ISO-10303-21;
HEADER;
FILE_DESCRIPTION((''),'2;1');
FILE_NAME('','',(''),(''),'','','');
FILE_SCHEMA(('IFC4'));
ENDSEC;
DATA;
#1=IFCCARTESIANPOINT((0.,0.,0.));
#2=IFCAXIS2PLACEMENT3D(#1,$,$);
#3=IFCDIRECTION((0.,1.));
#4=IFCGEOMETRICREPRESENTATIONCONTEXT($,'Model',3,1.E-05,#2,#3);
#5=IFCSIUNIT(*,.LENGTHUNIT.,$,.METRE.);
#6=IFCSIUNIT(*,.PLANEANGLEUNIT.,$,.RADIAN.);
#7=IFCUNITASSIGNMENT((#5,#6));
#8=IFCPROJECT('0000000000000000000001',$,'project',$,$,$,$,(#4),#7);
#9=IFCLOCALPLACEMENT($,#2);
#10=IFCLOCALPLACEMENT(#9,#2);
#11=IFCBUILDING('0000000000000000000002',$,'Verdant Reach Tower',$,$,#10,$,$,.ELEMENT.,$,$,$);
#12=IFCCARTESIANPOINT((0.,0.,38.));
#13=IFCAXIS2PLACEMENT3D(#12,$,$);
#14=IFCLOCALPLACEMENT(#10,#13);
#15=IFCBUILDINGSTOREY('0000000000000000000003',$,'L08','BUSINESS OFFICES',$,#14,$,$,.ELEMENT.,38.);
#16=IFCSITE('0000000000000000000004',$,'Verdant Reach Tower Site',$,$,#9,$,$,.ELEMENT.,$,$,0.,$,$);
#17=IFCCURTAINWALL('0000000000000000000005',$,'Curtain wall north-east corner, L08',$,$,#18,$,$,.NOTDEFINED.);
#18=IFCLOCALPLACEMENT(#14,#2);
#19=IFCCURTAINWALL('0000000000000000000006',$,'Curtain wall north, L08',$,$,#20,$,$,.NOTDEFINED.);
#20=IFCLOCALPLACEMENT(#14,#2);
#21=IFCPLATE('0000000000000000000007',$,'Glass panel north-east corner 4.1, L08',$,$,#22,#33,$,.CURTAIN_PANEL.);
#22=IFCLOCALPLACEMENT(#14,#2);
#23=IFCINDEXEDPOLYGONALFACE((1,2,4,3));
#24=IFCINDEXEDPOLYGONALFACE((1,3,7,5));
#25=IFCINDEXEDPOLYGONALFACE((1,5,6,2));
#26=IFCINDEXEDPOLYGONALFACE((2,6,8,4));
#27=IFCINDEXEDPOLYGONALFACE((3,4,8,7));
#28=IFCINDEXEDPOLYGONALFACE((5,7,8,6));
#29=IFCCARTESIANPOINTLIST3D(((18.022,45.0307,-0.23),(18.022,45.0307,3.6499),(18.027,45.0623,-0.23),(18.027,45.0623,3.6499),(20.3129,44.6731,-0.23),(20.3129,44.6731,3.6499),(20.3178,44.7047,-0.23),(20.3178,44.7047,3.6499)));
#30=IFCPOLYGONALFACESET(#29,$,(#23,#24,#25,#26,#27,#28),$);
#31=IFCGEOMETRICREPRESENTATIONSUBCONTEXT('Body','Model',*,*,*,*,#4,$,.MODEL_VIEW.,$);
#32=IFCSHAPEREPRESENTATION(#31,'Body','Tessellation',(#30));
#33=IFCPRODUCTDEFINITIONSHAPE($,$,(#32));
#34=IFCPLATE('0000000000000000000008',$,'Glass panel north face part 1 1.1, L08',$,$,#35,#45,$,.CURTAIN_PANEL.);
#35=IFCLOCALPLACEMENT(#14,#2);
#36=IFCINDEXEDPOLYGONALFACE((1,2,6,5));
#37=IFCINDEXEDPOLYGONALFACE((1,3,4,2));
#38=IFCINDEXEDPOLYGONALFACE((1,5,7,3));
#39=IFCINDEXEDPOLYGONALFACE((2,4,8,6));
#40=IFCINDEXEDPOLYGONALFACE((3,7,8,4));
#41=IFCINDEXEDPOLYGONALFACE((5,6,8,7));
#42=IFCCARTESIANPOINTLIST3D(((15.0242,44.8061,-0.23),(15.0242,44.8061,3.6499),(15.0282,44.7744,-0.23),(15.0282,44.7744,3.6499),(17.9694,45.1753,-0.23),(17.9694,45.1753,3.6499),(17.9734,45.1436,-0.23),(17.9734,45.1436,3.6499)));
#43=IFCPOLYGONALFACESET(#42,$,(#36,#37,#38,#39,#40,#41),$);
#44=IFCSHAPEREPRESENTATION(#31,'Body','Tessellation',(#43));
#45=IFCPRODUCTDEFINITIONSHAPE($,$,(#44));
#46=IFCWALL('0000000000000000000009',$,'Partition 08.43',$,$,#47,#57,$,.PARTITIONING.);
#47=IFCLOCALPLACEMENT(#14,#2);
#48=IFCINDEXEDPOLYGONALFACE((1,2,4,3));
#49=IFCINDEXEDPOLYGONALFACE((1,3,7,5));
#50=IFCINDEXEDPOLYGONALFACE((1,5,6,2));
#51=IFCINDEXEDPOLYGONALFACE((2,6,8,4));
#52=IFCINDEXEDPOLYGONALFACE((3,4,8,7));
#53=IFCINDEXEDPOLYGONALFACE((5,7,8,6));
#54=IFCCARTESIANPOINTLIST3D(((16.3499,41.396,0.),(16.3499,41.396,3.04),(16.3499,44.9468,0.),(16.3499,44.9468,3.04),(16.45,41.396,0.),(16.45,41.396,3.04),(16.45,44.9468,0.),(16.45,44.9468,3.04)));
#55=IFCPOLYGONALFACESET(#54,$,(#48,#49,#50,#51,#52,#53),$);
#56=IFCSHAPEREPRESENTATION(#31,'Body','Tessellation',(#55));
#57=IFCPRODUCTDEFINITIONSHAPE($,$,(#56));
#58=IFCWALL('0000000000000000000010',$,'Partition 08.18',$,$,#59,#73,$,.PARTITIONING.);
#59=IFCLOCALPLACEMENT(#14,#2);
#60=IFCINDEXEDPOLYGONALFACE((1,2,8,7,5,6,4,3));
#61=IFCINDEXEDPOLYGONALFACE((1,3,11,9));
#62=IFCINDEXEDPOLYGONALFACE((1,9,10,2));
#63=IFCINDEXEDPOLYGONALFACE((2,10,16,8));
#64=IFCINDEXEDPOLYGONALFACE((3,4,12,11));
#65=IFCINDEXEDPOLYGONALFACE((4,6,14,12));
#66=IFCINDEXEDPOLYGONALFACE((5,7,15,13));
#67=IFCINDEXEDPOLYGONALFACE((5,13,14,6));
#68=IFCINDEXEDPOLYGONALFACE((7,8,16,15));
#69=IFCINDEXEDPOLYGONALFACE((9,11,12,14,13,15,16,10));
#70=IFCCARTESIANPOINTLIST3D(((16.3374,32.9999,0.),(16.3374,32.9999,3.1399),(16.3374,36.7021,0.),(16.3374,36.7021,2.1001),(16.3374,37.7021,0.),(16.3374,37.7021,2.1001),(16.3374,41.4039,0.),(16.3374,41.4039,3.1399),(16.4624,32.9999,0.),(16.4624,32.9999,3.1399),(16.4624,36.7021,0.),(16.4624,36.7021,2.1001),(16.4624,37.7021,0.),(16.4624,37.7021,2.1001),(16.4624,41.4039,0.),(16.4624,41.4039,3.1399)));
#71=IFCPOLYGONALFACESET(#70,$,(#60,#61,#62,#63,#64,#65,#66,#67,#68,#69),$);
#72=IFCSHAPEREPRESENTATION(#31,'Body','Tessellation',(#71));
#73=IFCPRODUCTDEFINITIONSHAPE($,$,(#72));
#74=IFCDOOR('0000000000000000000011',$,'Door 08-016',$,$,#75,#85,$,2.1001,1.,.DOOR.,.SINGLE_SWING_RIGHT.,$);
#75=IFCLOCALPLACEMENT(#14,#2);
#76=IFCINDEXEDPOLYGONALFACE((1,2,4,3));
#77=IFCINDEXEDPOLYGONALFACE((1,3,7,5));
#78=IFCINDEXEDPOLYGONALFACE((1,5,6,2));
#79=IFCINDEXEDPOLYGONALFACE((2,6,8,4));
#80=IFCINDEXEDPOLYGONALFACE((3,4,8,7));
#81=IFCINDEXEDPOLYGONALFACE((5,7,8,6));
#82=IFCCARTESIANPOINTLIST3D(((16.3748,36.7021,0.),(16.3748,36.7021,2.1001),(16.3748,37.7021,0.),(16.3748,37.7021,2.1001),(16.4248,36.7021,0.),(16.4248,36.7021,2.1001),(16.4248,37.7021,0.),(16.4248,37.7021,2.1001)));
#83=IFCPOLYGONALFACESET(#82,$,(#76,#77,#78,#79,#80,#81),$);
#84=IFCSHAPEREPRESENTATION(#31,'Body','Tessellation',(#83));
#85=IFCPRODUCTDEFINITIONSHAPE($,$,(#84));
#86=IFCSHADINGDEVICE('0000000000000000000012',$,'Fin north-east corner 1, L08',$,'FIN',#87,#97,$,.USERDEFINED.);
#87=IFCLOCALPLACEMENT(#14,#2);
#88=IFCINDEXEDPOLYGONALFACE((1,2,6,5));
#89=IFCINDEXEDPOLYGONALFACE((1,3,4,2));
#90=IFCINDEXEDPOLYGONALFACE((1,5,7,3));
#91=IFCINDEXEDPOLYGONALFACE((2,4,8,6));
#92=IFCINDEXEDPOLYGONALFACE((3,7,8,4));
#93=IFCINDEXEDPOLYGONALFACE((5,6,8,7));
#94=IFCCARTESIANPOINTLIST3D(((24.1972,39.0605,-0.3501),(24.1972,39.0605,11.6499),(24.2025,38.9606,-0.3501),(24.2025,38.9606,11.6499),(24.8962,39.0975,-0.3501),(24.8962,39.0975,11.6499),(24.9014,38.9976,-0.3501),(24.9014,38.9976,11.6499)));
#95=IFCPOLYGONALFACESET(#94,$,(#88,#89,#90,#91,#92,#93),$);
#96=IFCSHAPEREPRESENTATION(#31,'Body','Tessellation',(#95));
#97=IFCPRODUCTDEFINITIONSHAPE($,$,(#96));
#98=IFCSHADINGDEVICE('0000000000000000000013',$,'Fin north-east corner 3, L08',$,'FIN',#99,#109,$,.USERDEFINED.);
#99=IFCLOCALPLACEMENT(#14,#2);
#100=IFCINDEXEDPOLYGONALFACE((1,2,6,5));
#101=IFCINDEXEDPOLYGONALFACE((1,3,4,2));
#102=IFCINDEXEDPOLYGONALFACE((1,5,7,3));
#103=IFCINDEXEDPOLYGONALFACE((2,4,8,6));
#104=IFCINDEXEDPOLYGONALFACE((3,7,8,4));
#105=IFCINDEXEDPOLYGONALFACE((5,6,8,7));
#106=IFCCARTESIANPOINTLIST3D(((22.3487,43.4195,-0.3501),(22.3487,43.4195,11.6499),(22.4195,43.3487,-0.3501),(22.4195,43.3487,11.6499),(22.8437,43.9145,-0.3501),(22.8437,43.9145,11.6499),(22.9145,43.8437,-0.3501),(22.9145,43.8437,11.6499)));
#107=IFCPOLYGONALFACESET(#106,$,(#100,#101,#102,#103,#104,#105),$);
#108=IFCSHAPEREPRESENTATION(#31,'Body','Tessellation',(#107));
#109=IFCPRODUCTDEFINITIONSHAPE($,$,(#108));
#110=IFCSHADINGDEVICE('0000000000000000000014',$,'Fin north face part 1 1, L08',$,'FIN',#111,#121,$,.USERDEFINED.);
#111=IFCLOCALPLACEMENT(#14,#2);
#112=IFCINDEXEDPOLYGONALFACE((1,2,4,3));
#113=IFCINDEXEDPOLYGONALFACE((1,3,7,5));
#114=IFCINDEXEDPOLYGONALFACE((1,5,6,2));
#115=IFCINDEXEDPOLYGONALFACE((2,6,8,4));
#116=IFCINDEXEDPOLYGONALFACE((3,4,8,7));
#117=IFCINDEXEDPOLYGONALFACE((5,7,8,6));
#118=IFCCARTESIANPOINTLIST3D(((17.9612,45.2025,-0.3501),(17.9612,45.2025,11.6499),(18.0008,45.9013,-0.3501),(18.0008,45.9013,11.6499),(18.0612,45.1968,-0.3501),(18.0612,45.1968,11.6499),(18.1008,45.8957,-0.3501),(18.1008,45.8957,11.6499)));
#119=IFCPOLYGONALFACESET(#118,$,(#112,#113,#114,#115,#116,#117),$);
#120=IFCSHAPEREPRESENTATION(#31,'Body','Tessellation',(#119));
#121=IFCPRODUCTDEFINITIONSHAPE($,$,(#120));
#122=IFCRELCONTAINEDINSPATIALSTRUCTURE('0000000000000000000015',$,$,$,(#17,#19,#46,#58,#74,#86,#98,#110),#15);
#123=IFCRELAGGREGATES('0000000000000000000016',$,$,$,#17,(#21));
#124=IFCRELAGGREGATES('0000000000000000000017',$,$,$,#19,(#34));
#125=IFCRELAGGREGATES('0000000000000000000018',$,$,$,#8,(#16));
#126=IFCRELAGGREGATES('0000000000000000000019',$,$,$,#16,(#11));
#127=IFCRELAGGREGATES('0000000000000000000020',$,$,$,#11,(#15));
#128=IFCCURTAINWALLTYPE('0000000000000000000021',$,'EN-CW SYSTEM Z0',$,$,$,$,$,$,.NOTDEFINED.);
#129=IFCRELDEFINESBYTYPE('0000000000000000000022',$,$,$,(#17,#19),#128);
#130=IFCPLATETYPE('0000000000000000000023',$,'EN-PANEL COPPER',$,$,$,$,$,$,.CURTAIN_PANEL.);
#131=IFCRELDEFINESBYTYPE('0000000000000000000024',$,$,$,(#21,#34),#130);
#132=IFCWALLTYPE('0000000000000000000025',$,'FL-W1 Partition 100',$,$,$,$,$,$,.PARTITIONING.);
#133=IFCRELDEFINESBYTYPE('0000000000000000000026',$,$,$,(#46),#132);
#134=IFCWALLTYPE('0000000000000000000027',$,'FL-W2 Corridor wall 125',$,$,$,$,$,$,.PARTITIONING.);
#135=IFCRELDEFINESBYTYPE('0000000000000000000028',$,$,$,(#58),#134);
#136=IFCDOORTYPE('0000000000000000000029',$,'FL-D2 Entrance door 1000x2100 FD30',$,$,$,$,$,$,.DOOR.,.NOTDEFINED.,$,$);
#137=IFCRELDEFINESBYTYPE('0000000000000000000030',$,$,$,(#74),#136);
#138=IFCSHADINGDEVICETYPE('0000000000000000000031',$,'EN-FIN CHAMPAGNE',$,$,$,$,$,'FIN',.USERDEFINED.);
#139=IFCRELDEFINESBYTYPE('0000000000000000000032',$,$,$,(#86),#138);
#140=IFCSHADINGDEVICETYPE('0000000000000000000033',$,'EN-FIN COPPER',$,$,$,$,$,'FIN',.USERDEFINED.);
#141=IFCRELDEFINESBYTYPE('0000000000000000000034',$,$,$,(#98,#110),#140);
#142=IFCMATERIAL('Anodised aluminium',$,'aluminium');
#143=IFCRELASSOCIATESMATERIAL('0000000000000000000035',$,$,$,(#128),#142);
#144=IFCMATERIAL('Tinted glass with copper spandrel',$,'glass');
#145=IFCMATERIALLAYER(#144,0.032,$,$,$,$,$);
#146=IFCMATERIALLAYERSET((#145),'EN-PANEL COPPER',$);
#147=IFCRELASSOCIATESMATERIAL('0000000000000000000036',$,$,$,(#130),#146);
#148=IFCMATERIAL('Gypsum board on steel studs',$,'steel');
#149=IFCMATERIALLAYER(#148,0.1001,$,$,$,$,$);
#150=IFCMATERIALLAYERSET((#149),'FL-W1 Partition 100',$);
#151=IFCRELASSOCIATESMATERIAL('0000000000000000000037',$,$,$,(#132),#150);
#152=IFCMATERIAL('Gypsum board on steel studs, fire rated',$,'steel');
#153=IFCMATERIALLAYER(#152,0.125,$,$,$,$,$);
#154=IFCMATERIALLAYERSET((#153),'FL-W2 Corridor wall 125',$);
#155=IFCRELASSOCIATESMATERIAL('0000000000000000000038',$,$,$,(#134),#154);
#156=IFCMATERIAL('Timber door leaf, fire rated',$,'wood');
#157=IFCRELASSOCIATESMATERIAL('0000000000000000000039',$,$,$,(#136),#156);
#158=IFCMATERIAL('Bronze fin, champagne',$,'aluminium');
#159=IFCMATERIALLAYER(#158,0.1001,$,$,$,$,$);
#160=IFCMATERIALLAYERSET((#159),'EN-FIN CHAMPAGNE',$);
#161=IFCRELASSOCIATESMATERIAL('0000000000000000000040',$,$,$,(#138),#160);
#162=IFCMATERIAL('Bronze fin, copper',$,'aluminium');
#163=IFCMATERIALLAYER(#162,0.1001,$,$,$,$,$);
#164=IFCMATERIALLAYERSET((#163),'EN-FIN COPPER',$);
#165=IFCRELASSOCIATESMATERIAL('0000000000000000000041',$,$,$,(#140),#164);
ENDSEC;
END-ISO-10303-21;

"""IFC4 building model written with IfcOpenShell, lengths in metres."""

from ifc_helpers import new_model, si_unit, direction, frame, frame_2d, origin, origin_2d, place, context, subcontext, project, spatial, rectangle, extrude, material, layer, layer_set, type_object, element, fill, aggregate, save


model = new_model("IFC4")

# Units and contexts
model_context = context("Model", 3, precision=1e-05, world=origin(), true_north=direction((0.0, 1.0)))
body_context = subcontext(model_context, "Body", "Model", "MODEL_VIEW")
ifc_project = project(units=[si_unit("LENGTHUNIT", "METRE"), si_unit("PLANEANGLEUNIT", "RADIAN")], contexts=[model_context])

# Site, building, storey
site_placement = place(None, origin())
site = spatial("IfcSite", under=ifc_project, at=site_placement, Name="Verdant Reach Tower Site", CompositionType="ELEMENT", RefElevation=0.0)
building_placement = place(site_placement, origin())
building = spatial("IfcBuilding", under=site, at=building_placement, Name="Verdant Reach Tower", CompositionType="ELEMENT")
storey_placement = place(building_placement, frame((0.0, 0.0, 38.0)))
storey = spatial("IfcBuildingStorey", under=building, at=storey_placement, Name="L08", Description="BUSINESS OFFICES", CompositionType="ELEMENT", Elevation=38.0)

# Curtain walls
ifc_material_1 = material(Name="Anodised aluminium", Category="aluminium")
curtain_wall_type = type_object("IfcCurtainWallType", Name="EN-CW SYSTEM Z0", PredefinedType="NOTDEFINED", material=ifc_material_1)
curtain_wall_1_placement = place(storey_placement, origin())
curtain_wall_1 = element("IfcCurtainWall", 1, at=curtain_wall_1_placement, inside=storey, type_object=curtain_wall_type, Name="Curtain wall north-east corner, L08", PredefinedType="NOTDEFINED")
curtain_wall_2_placement = place(storey_placement, origin())
curtain_wall_2 = element("IfcCurtainWall", 2, at=curtain_wall_2_placement, inside=storey, type_object=curtain_wall_type, Name="Curtain wall north, L08", PredefinedType="NOTDEFINED")

# Plates
ifc_material_2 = material(Name="Tinted glass with copper spandrel", Category="glass")
ifc_layer_1 = layer(ifc_material_2, 0.032)
ifc_layer_set_1 = layer_set([ifc_layer_1], Name="EN-PANEL COPPER")
plate_type_1 = type_object("IfcPlateType", Name="EN-PANEL COPPER", PredefinedType="CURTAIN_PANEL", material=ifc_layer_set_1)
plate_1_placement = place(storey_placement, frame((19.1699, 44.8677, -0.23), z_axis=(0.0, 0.0, 1.0), x_axis=(-0.988035, 0.154233, 0.0)))
plate_1 = element("IfcPlate", 3, at=plate_1_placement, type_object=plate_type_1, Name="Glass panel north-east corner 4.1, L08", PredefinedType="CURTAIN_PANEL", context=body_context, shape_type="SweptSolid", body=[
    extrude(rectangle(XDim=2.3186, YDim=0.032, at=origin_2d()), origin(), (0.0, 0.0, 1.0), 3.8799),
])
aggregate(curtain_wall_1, [plate_1])
plate_2_placement = place(storey_placement, frame((16.4988, 44.9749, -0.23), z_axis=(0.0, 0.0, 1.0), x_axis=(-0.992234, -0.124384, 0.0)))
plate_2 = element("IfcPlate", 4, at=plate_2_placement, type_object=plate_type_1, Name="Glass panel north face part 1 1.1, L08", PredefinedType="CURTAIN_PANEL", context=body_context, shape_type="SweptSolid", body=[
    extrude(rectangle(XDim=2.9683, YDim=0.032, at=origin_2d()), origin(), (0.0, 0.0, 1.0), 3.8799),
])
aggregate(curtain_wall_2, [plate_2])

# Wall
ifc_material_3 = material(Name="Gypsum board on steel studs", Category="steel")
ifc_layer_2 = layer(ifc_material_3, 0.1001)
ifc_layer_set_2 = layer_set([ifc_layer_2], Name="FL-W1 Partition 100")
wall_type_1 = type_object("IfcWallType", Name="FL-W1 Partition 100", PredefinedType="PARTITIONING", material=ifc_layer_set_2)
wall_1_placement = place(storey_placement, frame((16.3999, 41.396, 0.0), z_axis=(0.0, 0.0, 1.0), x_axis=(0.0, 1.0, 0.0)))
element("IfcWall", 5, at=wall_1_placement, inside=storey, type_object=wall_type_1, Name="Partition 08.43", PredefinedType="PARTITIONING", context=body_context, shape_type="SweptSolid", body=[
    extrude(rectangle(XDim=3.5508, YDim=0.1001, at=frame_2d((1.7754, 0.0))), origin(), (0.0, 0.0, 1.0), 3.04),
])

# Wall, opening, door
ifc_material_4 = material(Name="Gypsum board on steel studs, fire rated", Category="steel")
ifc_layer_3 = layer(ifc_material_4, 0.125)
ifc_layer_set_3 = layer_set([ifc_layer_3], Name="FL-W2 Corridor wall 125")
wall_type_2 = type_object("IfcWallType", Name="FL-W2 Corridor wall 125", PredefinedType="PARTITIONING", material=ifc_layer_set_3)
wall_2_placement = place(storey_placement, frame((16.3999, 41.4041, 0.0), z_axis=(0.0, 0.0, 1.0), x_axis=(0.0, -1.0, 0.0)))
wall_2 = element("IfcWall", 6, at=wall_2_placement, inside=storey, type_object=wall_type_2, Name="Partition 08.18", PredefinedType="PARTITIONING", context=body_context, shape_type="SweptSolid", body=[
    extrude(rectangle(XDim=8.4041, YDim=0.125, at=frame_2d((4.2021, 0.0))), origin(), (0.0, 0.0, 1.0), 3.1399),
])
opening_placement = place(wall_2_placement, frame((3.7019, 0.0, 0.0)))
opening = element("IfcOpeningElement", 7, at=opening_placement, cuts=wall_2, PredefinedType="OPENING", context=body_context, shape_type="SweptSolid", body=[
    extrude(rectangle(XDim=1.0, YDim=2.1001, at=frame_2d((0.5, 1.05))), frame((0.0, 0.0725, 0.0), z_axis=(0.0, -1.0, 0.0), x_axis=(1.0, 0.0, 0.0)), (0.0, 0.0, 1.0), 0.145),
])
ifc_material_5 = material(Name="Timber door leaf, fire rated", Category="wood")
door_type = type_object("IfcDoorType", Name="FL-D2 Entrance door 1000x2100 FD30", OperationType="NOTDEFINED", PredefinedType="DOOR", material=ifc_material_5)
door_placement = place(opening_placement, origin())
door = element("IfcDoor", 8, at=door_placement, inside=storey, type_object=door_type, Name="Door 08-016", OperationType="SINGLE_SWING_RIGHT", OverallHeight=2.1001, OverallWidth=1.0, PredefinedType="DOOR", context=body_context, shape_type="SweptSolid", body=[
    extrude(rectangle(XDim=1.0, YDim=2.1001, at=frame_2d((0.5, 1.05))), frame((0.0, 0.0249, 0.0), z_axis=(0.0, -1.0, 0.0), x_axis=(1.0, 0.0, 0.0)), (0.0, 0.0, 1.0), 0.05),
])
fill(opening, door)

# Shading devices
ifc_material_6 = material(Name="Bronze fin, champagne", Category="aluminium")
ifc_layer_4 = layer(ifc_material_6, 0.1001)
ifc_layer_set_4 = layer_set([ifc_layer_4], Name="EN-FIN CHAMPAGNE")
shading_device_type_1 = type_object("IfcShadingDeviceType", Name="EN-FIN CHAMPAGNE", ElementType="FIN", PredefinedType="USERDEFINED", material=ifc_layer_set_4)
shading_device_placement = place(storey_placement, frame((24.5493, 39.0291, -0.3501), z_axis=(0.0, 0.0, 1.0), x_axis=(-0.052815, 0.998604, 0.0)))
element("IfcShadingDevice", 9, at=shading_device_placement, inside=storey, type_object=shading_device_type_1, Name="Fin north-east corner 1, L08", ObjectType="FIN", PredefinedType="USERDEFINED", context=body_context, shape_type="SweptSolid", body=[
    extrude(rectangle(XDim=0.1001, YDim=0.7, at=origin_2d()), origin(), (0.0, 0.0, 1.0), 12.0),
])
ifc_material_7 = material(Name="Bronze fin, copper", Category="aluminium")
ifc_layer_5 = layer(ifc_material_7, 0.1001)
ifc_layer_set_5 = layer_set([ifc_layer_5], Name="EN-FIN COPPER")
shading_device_type_2 = type_object("IfcShadingDeviceType", Name="EN-FIN COPPER", ElementType="FIN", PredefinedType="USERDEFINED", material=ifc_layer_set_5)
for number, where, z_axis, x_axis, name in (
    (10, (22.6316, 43.6316, -0.3501), (0.0, 0.0, 1.0), (-0.707107, 0.707107, 0.0), "Fin north-east corner 3, L08"),
    (11, (18.031, 45.5491, -0.3501), (0.0, 0.0, 1.0), (-0.998399, 0.056569, 0.0), "Fin north face part 1 1, L08"),
):
    element("IfcShadingDevice", number, at=place(storey_placement, frame(where, z_axis=z_axis, x_axis=x_axis)), inside=storey, type_object=shading_device_type_2, Name=name, ObjectType="FIN", PredefinedType="USERDEFINED", context=body_context, shape_type="SweptSolid", body=[
        extrude(rectangle(XDim=0.1001, YDim=0.7, at=origin_2d()), origin(), (0.0, 0.0, 1.0), 12.0),
    ])

save(model, "model.ifc")
